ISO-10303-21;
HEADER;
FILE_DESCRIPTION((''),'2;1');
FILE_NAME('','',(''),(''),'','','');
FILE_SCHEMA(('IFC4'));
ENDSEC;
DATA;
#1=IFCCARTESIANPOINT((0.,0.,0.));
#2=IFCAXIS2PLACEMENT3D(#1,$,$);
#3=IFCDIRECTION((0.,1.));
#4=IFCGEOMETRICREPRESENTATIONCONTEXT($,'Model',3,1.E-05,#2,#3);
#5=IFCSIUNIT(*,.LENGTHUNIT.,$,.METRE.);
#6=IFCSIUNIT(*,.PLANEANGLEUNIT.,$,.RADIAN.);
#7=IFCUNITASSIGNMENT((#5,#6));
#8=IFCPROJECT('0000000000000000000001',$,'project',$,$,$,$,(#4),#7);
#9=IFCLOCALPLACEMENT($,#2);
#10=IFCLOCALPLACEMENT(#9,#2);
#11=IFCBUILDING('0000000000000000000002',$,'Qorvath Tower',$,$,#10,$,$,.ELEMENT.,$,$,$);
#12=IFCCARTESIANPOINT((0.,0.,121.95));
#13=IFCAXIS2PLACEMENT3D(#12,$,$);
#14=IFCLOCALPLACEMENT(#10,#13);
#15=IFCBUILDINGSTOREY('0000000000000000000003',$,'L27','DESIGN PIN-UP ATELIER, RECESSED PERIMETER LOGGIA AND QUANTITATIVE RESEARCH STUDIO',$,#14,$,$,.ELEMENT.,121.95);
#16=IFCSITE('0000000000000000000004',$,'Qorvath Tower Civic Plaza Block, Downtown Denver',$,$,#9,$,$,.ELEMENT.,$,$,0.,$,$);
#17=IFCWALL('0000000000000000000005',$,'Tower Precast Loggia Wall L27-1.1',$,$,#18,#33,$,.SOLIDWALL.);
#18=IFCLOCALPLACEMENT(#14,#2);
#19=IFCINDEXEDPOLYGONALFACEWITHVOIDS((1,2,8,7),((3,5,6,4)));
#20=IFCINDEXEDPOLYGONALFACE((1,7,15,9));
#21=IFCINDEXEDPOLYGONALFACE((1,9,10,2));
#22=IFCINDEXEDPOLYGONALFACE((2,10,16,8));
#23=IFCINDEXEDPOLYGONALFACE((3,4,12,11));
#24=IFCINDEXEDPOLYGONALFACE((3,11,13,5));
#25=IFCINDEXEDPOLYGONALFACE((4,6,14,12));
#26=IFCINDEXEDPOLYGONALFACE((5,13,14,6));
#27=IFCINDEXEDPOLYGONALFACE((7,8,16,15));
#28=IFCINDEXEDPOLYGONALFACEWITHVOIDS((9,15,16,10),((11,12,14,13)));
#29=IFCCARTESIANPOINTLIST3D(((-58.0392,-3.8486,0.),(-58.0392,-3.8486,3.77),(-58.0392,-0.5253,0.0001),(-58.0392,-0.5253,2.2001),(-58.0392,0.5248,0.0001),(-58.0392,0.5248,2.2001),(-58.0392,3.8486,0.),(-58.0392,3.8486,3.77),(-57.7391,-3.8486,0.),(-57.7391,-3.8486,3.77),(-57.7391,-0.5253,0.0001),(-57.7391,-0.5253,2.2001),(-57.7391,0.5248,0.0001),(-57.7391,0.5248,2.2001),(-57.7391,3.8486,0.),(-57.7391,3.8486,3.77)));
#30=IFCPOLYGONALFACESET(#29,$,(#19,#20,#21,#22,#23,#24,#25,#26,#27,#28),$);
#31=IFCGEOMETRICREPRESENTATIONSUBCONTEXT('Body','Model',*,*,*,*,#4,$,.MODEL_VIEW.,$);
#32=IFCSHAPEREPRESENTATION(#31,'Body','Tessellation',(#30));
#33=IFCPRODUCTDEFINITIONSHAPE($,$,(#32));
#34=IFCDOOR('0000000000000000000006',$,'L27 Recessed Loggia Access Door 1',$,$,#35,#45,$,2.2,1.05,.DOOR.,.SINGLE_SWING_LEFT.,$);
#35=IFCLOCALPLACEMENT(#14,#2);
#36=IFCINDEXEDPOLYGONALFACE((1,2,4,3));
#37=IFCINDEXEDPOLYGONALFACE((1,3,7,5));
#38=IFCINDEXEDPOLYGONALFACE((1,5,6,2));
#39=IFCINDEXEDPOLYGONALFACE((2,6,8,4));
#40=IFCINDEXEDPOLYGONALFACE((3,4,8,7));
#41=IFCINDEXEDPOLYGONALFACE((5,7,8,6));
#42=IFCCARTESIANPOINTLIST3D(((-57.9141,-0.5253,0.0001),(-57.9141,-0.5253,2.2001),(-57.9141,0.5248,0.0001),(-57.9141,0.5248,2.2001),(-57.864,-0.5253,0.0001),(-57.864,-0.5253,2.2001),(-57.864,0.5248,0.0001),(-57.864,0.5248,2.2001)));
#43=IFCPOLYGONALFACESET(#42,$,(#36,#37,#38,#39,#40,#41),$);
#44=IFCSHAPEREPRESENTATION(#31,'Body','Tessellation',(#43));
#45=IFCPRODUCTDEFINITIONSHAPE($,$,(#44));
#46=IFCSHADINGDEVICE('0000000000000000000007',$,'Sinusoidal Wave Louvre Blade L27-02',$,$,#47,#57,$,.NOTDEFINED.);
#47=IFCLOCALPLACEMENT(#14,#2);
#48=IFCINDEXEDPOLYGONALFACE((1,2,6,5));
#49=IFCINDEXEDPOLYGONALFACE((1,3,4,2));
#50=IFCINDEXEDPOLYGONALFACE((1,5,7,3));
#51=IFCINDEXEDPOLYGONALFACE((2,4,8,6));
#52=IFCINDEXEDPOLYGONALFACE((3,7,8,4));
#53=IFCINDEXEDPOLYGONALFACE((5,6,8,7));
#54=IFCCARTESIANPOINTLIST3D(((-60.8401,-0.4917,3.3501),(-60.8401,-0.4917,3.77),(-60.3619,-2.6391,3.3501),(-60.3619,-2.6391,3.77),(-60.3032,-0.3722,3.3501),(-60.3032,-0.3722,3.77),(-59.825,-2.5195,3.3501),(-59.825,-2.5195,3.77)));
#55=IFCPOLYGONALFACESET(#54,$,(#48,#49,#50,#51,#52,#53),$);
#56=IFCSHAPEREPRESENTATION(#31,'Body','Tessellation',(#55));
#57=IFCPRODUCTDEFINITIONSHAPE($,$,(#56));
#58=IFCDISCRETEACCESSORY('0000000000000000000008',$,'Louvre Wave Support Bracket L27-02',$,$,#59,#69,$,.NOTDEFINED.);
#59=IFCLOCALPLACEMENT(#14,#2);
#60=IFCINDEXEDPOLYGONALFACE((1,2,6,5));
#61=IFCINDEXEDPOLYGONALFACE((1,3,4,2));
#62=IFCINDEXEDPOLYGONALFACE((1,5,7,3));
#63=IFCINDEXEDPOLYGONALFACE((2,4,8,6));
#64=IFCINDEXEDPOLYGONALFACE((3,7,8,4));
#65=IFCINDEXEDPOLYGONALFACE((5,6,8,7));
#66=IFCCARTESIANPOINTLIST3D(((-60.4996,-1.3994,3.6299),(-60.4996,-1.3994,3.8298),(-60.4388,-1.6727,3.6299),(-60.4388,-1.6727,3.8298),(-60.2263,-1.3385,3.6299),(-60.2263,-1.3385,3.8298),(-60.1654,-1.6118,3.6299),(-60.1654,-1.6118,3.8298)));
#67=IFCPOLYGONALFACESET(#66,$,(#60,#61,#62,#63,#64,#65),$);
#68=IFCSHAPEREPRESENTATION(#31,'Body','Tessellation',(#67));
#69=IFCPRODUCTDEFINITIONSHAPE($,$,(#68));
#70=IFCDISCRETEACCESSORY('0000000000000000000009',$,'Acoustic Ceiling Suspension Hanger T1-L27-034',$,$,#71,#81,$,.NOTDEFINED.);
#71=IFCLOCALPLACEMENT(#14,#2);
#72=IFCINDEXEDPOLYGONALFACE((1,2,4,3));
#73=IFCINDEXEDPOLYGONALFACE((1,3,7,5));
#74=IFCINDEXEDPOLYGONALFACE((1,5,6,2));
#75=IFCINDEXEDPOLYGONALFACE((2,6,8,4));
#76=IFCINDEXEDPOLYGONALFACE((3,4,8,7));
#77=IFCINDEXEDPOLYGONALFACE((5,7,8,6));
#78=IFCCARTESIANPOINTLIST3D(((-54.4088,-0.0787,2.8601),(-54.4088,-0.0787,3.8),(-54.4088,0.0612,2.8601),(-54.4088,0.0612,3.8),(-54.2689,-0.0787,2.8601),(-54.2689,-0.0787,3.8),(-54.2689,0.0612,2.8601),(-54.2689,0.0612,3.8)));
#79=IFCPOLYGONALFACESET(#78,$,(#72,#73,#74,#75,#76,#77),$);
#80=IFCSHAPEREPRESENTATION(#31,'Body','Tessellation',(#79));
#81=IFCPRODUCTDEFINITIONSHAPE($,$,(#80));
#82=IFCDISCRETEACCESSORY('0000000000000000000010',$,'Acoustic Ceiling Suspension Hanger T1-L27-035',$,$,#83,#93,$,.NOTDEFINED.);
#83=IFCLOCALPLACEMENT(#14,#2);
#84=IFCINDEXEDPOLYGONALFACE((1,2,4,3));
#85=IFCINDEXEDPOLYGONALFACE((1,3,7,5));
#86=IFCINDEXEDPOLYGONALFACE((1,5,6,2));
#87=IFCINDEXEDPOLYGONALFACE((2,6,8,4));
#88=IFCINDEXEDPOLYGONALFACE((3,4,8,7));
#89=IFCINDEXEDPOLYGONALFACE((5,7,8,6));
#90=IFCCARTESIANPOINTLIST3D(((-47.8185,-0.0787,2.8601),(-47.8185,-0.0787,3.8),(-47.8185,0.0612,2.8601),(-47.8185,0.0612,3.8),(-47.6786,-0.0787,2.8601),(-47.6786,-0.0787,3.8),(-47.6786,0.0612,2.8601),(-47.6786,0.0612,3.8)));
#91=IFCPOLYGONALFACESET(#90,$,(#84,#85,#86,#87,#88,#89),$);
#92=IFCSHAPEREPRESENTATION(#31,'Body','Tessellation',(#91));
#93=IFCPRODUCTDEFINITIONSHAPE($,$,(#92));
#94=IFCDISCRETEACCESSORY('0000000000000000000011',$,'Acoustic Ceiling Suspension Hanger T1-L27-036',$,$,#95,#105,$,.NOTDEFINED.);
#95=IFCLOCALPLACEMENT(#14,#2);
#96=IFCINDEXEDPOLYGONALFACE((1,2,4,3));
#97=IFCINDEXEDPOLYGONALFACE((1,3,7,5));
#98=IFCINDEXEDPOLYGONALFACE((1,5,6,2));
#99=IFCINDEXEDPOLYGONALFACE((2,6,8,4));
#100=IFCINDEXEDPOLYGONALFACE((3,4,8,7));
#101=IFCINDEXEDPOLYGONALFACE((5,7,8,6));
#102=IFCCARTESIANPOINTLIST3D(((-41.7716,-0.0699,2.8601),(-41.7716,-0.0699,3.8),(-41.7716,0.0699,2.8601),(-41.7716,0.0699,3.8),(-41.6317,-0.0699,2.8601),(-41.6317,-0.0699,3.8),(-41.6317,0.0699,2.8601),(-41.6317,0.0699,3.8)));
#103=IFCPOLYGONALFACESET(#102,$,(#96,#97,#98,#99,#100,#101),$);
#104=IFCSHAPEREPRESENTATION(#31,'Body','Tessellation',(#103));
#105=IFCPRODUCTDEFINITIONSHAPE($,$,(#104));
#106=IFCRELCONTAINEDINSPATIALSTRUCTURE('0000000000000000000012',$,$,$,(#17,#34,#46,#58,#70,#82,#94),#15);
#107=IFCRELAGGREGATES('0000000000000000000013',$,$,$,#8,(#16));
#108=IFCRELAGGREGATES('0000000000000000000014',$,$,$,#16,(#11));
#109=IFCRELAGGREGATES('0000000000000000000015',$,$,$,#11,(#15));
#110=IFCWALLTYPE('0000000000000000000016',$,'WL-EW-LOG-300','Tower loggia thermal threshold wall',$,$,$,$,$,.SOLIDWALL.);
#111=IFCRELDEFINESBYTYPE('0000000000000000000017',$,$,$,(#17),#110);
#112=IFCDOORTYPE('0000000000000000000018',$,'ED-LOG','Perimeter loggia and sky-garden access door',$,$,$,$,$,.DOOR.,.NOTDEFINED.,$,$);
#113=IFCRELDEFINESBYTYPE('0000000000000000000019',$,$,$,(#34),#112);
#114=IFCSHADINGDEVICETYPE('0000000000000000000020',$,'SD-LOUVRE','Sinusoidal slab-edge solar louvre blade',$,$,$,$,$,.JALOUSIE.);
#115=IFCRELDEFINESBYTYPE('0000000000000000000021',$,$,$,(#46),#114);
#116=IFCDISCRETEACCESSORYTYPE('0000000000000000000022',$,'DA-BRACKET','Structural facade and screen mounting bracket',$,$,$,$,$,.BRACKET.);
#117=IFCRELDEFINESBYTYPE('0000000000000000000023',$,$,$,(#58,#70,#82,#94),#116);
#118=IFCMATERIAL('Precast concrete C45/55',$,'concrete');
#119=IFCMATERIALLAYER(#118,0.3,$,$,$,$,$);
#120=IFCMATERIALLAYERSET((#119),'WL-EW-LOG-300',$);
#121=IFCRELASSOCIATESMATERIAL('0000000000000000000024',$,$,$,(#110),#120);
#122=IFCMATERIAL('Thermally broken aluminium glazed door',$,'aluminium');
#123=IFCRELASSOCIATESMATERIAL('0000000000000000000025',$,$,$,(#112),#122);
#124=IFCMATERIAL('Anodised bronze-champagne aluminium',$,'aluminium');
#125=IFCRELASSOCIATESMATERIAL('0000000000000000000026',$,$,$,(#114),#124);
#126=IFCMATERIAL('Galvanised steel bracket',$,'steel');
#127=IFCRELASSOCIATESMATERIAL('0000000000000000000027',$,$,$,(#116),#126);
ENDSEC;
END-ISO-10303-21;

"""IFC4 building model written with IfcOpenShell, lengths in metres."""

from ifc_helpers import new_model, si_unit, direction, frame, frame_2d, origin, origin_2d, place, context, subcontext, project, spatial, rectangle, extrude, material, layer, layer_set, type_object, element, fill, save


model = new_model("IFC4")

# Units and contexts
model_context = context("Model", 3, precision=1e-05, world=origin(), true_north=direction((0.0, 1.0)))
body_context = subcontext(model_context, "Body", "Model", "MODEL_VIEW")
ifc_project = project(units=[si_unit("LENGTHUNIT", "METRE"), si_unit("PLANEANGLEUNIT", "RADIAN")], contexts=[model_context])

# Site, building, storey
site_placement = place(None, origin())
site = spatial("IfcSite", under=ifc_project, at=site_placement, Name="Qorvath Tower Civic Plaza Block, Downtown Denver", CompositionType="ELEMENT", RefElevation=0.0)
building_placement = place(site_placement, origin())
building = spatial("IfcBuilding", under=site, at=building_placement, Name="Qorvath Tower", CompositionType="ELEMENT")
storey_placement = place(building_placement, frame((0.0, 0.0, 121.95)))
storey = spatial("IfcBuildingStorey", under=building, at=storey_placement, Name="L27", Description="DESIGN PIN-UP ATELIER, RECESSED PERIMETER LOGGIA AND QUANTITATIVE RESEARCH STUDIO", CompositionType="ELEMENT", Elevation=121.95)

# Wall, opening, door
ifc_material_1 = material(Name="Precast concrete C45/55", Category="concrete")
ifc_layer_1 = layer(ifc_material_1, 0.3)
ifc_layer_set_1 = layer_set([ifc_layer_1], Name="WL-EW-LOG-300")
wall_type = type_object("IfcWallType", Name="WL-EW-LOG-300", Description="Tower loggia thermal threshold wall", PredefinedType="SOLIDWALL", material=ifc_layer_set_1)
wall_placement = place(storey_placement, frame((-57.8892, -3.8486, 0.0), z_axis=(0.0, 0.0, 1.0), x_axis=(0.0, 1.0, 0.0)))
wall = element("IfcWall", 1, at=wall_placement, inside=storey, type_object=wall_type, Name="Tower Precast Loggia Wall L27-1.1", PredefinedType="SOLIDWALL", context=body_context, shape_type="SweptSolid", body=[
    extrude(rectangle(XDim=7.6973, YDim=0.3, at=frame_2d((3.8486, 0.0))), origin(), (0.0, 0.0, 1.0), 3.77),
])
opening_placement = place(wall_placement, frame((3.3235, 0.0, 0.0)))
opening = element("IfcOpeningElement", 2, at=opening_placement, cuts=wall, PredefinedType="OPENING", context=body_context, shape_type="SweptSolid", body=[
    extrude(rectangle(XDim=1.05, YDim=2.2, at=frame_2d((0.5249, 1.1001))), frame((0.0, 0.1602, 0.0), z_axis=(0.0, -1.0, 0.0), x_axis=(1.0, 0.0, 0.0)), (0.0, 0.0, 1.0), 0.3201),
])
ifc_material_2 = material(Name="Thermally broken aluminium glazed door", Category="aluminium")
door_type = type_object("IfcDoorType", Name="ED-LOG", Description="Perimeter loggia and sky-garden access door", OperationType="NOTDEFINED", PredefinedType="DOOR", material=ifc_material_2)
door_placement = place(opening_placement, origin())
door = element("IfcDoor", 3, at=door_placement, inside=storey, type_object=door_type, Name="L27 Recessed Loggia Access Door 1", OperationType="SINGLE_SWING_LEFT", OverallHeight=2.2, OverallWidth=1.05, PredefinedType="DOOR", context=body_context, shape_type="SweptSolid", body=[
    extrude(rectangle(XDim=1.05, YDim=2.2, at=frame_2d((0.5249, 1.1001))), frame((0.0, 0.0249, 0.0), z_axis=(0.0, -1.0, 0.0), x_axis=(1.0, 0.0, 0.0)), (0.0, 0.0, 1.0), 0.05),
])
fill(opening, door)

# Shading device
ifc_material_3 = material(Name="Anodised bronze-champagne aluminium", Category="aluminium")
shading_device_type = type_object("IfcShadingDeviceType", Name="SD-LOUVRE", Description="Sinusoidal slab-edge solar louvre blade", PredefinedType="JALOUSIE", material=ifc_material_3)
shading_device_placement = place(storey_placement, frame((-60.3325, -1.5056, 3.3501), z_axis=(0.0, 0.0, 1.0), x_axis=(0.217372, -0.976089, 0.0)))
element("IfcShadingDevice", 4, at=shading_device_placement, inside=storey, type_object=shading_device_type, Name="Sinusoidal Wave Louvre Blade L27-02", PredefinedType="NOTDEFINED", context=body_context, shape_type="SweptSolid", body=[
    extrude(rectangle(XDim=2.2, YDim=0.55, at=origin_2d()), origin(), (0.0, 0.0, 1.0), 0.4199),
])

# Discrete accessories
ifc_material_4 = material(Name="Galvanised steel bracket", Category="steel")
discrete_accessory_type = type_object("IfcDiscreteAccessoryType", Name="DA-BRACKET", Description="Structural facade and screen mounting bracket", PredefinedType="BRACKET", material=ifc_material_4)
discrete_accessory_placement = place(storey_placement, frame((-60.3325, -1.5056, 3.6299), z_axis=(0.0, 0.0, 1.0), x_axis=(0.217372, -0.976089, 0.0)))
element("IfcDiscreteAccessory", 5, at=discrete_accessory_placement, inside=storey, type_object=discrete_accessory_type, Name="Louvre Wave Support Bracket L27-02", PredefinedType="NOTDEFINED", context=body_context, shape_type="SweptSolid", body=[
    extrude(rectangle(XDim=0.28, YDim=0.28, at=origin_2d()), origin(), (0.0, 0.0, 1.0), 0.2),
])
for number, where, z_axis, x_axis, name in (
    (6, (-54.3389, -0.0088, 2.8601), (0.0, 0.0, 1.0), (1.0, 0.0, 0.0), "Acoustic Ceiling Suspension Hanger T1-L27-034"),
    (7, (-47.7485, -0.0088, 2.8601), (0.0, 0.0, 1.0), (1.0, 0.0, 0.0), "Acoustic Ceiling Suspension Hanger T1-L27-035"),
    (8, (-41.7017, 0.0, 2.8601), (0.0, 0.0, 1.0), (1.0, 0.0, 0.0), "Acoustic Ceiling Suspension Hanger T1-L27-036"),
):
    element("IfcDiscreteAccessory", number, at=place(storey_placement, frame(where, z_axis=z_axis, x_axis=x_axis)), inside=storey, type_object=discrete_accessory_type, Name=name, PredefinedType="NOTDEFINED", context=body_context, shape_type="SweptSolid", body=[
        extrude(rectangle(XDim=0.1399, YDim=0.1399, at=origin_2d()), origin(), (0.0, 0.0, 1.0), 0.9399),
    ])

save(model, "model.ifc")
